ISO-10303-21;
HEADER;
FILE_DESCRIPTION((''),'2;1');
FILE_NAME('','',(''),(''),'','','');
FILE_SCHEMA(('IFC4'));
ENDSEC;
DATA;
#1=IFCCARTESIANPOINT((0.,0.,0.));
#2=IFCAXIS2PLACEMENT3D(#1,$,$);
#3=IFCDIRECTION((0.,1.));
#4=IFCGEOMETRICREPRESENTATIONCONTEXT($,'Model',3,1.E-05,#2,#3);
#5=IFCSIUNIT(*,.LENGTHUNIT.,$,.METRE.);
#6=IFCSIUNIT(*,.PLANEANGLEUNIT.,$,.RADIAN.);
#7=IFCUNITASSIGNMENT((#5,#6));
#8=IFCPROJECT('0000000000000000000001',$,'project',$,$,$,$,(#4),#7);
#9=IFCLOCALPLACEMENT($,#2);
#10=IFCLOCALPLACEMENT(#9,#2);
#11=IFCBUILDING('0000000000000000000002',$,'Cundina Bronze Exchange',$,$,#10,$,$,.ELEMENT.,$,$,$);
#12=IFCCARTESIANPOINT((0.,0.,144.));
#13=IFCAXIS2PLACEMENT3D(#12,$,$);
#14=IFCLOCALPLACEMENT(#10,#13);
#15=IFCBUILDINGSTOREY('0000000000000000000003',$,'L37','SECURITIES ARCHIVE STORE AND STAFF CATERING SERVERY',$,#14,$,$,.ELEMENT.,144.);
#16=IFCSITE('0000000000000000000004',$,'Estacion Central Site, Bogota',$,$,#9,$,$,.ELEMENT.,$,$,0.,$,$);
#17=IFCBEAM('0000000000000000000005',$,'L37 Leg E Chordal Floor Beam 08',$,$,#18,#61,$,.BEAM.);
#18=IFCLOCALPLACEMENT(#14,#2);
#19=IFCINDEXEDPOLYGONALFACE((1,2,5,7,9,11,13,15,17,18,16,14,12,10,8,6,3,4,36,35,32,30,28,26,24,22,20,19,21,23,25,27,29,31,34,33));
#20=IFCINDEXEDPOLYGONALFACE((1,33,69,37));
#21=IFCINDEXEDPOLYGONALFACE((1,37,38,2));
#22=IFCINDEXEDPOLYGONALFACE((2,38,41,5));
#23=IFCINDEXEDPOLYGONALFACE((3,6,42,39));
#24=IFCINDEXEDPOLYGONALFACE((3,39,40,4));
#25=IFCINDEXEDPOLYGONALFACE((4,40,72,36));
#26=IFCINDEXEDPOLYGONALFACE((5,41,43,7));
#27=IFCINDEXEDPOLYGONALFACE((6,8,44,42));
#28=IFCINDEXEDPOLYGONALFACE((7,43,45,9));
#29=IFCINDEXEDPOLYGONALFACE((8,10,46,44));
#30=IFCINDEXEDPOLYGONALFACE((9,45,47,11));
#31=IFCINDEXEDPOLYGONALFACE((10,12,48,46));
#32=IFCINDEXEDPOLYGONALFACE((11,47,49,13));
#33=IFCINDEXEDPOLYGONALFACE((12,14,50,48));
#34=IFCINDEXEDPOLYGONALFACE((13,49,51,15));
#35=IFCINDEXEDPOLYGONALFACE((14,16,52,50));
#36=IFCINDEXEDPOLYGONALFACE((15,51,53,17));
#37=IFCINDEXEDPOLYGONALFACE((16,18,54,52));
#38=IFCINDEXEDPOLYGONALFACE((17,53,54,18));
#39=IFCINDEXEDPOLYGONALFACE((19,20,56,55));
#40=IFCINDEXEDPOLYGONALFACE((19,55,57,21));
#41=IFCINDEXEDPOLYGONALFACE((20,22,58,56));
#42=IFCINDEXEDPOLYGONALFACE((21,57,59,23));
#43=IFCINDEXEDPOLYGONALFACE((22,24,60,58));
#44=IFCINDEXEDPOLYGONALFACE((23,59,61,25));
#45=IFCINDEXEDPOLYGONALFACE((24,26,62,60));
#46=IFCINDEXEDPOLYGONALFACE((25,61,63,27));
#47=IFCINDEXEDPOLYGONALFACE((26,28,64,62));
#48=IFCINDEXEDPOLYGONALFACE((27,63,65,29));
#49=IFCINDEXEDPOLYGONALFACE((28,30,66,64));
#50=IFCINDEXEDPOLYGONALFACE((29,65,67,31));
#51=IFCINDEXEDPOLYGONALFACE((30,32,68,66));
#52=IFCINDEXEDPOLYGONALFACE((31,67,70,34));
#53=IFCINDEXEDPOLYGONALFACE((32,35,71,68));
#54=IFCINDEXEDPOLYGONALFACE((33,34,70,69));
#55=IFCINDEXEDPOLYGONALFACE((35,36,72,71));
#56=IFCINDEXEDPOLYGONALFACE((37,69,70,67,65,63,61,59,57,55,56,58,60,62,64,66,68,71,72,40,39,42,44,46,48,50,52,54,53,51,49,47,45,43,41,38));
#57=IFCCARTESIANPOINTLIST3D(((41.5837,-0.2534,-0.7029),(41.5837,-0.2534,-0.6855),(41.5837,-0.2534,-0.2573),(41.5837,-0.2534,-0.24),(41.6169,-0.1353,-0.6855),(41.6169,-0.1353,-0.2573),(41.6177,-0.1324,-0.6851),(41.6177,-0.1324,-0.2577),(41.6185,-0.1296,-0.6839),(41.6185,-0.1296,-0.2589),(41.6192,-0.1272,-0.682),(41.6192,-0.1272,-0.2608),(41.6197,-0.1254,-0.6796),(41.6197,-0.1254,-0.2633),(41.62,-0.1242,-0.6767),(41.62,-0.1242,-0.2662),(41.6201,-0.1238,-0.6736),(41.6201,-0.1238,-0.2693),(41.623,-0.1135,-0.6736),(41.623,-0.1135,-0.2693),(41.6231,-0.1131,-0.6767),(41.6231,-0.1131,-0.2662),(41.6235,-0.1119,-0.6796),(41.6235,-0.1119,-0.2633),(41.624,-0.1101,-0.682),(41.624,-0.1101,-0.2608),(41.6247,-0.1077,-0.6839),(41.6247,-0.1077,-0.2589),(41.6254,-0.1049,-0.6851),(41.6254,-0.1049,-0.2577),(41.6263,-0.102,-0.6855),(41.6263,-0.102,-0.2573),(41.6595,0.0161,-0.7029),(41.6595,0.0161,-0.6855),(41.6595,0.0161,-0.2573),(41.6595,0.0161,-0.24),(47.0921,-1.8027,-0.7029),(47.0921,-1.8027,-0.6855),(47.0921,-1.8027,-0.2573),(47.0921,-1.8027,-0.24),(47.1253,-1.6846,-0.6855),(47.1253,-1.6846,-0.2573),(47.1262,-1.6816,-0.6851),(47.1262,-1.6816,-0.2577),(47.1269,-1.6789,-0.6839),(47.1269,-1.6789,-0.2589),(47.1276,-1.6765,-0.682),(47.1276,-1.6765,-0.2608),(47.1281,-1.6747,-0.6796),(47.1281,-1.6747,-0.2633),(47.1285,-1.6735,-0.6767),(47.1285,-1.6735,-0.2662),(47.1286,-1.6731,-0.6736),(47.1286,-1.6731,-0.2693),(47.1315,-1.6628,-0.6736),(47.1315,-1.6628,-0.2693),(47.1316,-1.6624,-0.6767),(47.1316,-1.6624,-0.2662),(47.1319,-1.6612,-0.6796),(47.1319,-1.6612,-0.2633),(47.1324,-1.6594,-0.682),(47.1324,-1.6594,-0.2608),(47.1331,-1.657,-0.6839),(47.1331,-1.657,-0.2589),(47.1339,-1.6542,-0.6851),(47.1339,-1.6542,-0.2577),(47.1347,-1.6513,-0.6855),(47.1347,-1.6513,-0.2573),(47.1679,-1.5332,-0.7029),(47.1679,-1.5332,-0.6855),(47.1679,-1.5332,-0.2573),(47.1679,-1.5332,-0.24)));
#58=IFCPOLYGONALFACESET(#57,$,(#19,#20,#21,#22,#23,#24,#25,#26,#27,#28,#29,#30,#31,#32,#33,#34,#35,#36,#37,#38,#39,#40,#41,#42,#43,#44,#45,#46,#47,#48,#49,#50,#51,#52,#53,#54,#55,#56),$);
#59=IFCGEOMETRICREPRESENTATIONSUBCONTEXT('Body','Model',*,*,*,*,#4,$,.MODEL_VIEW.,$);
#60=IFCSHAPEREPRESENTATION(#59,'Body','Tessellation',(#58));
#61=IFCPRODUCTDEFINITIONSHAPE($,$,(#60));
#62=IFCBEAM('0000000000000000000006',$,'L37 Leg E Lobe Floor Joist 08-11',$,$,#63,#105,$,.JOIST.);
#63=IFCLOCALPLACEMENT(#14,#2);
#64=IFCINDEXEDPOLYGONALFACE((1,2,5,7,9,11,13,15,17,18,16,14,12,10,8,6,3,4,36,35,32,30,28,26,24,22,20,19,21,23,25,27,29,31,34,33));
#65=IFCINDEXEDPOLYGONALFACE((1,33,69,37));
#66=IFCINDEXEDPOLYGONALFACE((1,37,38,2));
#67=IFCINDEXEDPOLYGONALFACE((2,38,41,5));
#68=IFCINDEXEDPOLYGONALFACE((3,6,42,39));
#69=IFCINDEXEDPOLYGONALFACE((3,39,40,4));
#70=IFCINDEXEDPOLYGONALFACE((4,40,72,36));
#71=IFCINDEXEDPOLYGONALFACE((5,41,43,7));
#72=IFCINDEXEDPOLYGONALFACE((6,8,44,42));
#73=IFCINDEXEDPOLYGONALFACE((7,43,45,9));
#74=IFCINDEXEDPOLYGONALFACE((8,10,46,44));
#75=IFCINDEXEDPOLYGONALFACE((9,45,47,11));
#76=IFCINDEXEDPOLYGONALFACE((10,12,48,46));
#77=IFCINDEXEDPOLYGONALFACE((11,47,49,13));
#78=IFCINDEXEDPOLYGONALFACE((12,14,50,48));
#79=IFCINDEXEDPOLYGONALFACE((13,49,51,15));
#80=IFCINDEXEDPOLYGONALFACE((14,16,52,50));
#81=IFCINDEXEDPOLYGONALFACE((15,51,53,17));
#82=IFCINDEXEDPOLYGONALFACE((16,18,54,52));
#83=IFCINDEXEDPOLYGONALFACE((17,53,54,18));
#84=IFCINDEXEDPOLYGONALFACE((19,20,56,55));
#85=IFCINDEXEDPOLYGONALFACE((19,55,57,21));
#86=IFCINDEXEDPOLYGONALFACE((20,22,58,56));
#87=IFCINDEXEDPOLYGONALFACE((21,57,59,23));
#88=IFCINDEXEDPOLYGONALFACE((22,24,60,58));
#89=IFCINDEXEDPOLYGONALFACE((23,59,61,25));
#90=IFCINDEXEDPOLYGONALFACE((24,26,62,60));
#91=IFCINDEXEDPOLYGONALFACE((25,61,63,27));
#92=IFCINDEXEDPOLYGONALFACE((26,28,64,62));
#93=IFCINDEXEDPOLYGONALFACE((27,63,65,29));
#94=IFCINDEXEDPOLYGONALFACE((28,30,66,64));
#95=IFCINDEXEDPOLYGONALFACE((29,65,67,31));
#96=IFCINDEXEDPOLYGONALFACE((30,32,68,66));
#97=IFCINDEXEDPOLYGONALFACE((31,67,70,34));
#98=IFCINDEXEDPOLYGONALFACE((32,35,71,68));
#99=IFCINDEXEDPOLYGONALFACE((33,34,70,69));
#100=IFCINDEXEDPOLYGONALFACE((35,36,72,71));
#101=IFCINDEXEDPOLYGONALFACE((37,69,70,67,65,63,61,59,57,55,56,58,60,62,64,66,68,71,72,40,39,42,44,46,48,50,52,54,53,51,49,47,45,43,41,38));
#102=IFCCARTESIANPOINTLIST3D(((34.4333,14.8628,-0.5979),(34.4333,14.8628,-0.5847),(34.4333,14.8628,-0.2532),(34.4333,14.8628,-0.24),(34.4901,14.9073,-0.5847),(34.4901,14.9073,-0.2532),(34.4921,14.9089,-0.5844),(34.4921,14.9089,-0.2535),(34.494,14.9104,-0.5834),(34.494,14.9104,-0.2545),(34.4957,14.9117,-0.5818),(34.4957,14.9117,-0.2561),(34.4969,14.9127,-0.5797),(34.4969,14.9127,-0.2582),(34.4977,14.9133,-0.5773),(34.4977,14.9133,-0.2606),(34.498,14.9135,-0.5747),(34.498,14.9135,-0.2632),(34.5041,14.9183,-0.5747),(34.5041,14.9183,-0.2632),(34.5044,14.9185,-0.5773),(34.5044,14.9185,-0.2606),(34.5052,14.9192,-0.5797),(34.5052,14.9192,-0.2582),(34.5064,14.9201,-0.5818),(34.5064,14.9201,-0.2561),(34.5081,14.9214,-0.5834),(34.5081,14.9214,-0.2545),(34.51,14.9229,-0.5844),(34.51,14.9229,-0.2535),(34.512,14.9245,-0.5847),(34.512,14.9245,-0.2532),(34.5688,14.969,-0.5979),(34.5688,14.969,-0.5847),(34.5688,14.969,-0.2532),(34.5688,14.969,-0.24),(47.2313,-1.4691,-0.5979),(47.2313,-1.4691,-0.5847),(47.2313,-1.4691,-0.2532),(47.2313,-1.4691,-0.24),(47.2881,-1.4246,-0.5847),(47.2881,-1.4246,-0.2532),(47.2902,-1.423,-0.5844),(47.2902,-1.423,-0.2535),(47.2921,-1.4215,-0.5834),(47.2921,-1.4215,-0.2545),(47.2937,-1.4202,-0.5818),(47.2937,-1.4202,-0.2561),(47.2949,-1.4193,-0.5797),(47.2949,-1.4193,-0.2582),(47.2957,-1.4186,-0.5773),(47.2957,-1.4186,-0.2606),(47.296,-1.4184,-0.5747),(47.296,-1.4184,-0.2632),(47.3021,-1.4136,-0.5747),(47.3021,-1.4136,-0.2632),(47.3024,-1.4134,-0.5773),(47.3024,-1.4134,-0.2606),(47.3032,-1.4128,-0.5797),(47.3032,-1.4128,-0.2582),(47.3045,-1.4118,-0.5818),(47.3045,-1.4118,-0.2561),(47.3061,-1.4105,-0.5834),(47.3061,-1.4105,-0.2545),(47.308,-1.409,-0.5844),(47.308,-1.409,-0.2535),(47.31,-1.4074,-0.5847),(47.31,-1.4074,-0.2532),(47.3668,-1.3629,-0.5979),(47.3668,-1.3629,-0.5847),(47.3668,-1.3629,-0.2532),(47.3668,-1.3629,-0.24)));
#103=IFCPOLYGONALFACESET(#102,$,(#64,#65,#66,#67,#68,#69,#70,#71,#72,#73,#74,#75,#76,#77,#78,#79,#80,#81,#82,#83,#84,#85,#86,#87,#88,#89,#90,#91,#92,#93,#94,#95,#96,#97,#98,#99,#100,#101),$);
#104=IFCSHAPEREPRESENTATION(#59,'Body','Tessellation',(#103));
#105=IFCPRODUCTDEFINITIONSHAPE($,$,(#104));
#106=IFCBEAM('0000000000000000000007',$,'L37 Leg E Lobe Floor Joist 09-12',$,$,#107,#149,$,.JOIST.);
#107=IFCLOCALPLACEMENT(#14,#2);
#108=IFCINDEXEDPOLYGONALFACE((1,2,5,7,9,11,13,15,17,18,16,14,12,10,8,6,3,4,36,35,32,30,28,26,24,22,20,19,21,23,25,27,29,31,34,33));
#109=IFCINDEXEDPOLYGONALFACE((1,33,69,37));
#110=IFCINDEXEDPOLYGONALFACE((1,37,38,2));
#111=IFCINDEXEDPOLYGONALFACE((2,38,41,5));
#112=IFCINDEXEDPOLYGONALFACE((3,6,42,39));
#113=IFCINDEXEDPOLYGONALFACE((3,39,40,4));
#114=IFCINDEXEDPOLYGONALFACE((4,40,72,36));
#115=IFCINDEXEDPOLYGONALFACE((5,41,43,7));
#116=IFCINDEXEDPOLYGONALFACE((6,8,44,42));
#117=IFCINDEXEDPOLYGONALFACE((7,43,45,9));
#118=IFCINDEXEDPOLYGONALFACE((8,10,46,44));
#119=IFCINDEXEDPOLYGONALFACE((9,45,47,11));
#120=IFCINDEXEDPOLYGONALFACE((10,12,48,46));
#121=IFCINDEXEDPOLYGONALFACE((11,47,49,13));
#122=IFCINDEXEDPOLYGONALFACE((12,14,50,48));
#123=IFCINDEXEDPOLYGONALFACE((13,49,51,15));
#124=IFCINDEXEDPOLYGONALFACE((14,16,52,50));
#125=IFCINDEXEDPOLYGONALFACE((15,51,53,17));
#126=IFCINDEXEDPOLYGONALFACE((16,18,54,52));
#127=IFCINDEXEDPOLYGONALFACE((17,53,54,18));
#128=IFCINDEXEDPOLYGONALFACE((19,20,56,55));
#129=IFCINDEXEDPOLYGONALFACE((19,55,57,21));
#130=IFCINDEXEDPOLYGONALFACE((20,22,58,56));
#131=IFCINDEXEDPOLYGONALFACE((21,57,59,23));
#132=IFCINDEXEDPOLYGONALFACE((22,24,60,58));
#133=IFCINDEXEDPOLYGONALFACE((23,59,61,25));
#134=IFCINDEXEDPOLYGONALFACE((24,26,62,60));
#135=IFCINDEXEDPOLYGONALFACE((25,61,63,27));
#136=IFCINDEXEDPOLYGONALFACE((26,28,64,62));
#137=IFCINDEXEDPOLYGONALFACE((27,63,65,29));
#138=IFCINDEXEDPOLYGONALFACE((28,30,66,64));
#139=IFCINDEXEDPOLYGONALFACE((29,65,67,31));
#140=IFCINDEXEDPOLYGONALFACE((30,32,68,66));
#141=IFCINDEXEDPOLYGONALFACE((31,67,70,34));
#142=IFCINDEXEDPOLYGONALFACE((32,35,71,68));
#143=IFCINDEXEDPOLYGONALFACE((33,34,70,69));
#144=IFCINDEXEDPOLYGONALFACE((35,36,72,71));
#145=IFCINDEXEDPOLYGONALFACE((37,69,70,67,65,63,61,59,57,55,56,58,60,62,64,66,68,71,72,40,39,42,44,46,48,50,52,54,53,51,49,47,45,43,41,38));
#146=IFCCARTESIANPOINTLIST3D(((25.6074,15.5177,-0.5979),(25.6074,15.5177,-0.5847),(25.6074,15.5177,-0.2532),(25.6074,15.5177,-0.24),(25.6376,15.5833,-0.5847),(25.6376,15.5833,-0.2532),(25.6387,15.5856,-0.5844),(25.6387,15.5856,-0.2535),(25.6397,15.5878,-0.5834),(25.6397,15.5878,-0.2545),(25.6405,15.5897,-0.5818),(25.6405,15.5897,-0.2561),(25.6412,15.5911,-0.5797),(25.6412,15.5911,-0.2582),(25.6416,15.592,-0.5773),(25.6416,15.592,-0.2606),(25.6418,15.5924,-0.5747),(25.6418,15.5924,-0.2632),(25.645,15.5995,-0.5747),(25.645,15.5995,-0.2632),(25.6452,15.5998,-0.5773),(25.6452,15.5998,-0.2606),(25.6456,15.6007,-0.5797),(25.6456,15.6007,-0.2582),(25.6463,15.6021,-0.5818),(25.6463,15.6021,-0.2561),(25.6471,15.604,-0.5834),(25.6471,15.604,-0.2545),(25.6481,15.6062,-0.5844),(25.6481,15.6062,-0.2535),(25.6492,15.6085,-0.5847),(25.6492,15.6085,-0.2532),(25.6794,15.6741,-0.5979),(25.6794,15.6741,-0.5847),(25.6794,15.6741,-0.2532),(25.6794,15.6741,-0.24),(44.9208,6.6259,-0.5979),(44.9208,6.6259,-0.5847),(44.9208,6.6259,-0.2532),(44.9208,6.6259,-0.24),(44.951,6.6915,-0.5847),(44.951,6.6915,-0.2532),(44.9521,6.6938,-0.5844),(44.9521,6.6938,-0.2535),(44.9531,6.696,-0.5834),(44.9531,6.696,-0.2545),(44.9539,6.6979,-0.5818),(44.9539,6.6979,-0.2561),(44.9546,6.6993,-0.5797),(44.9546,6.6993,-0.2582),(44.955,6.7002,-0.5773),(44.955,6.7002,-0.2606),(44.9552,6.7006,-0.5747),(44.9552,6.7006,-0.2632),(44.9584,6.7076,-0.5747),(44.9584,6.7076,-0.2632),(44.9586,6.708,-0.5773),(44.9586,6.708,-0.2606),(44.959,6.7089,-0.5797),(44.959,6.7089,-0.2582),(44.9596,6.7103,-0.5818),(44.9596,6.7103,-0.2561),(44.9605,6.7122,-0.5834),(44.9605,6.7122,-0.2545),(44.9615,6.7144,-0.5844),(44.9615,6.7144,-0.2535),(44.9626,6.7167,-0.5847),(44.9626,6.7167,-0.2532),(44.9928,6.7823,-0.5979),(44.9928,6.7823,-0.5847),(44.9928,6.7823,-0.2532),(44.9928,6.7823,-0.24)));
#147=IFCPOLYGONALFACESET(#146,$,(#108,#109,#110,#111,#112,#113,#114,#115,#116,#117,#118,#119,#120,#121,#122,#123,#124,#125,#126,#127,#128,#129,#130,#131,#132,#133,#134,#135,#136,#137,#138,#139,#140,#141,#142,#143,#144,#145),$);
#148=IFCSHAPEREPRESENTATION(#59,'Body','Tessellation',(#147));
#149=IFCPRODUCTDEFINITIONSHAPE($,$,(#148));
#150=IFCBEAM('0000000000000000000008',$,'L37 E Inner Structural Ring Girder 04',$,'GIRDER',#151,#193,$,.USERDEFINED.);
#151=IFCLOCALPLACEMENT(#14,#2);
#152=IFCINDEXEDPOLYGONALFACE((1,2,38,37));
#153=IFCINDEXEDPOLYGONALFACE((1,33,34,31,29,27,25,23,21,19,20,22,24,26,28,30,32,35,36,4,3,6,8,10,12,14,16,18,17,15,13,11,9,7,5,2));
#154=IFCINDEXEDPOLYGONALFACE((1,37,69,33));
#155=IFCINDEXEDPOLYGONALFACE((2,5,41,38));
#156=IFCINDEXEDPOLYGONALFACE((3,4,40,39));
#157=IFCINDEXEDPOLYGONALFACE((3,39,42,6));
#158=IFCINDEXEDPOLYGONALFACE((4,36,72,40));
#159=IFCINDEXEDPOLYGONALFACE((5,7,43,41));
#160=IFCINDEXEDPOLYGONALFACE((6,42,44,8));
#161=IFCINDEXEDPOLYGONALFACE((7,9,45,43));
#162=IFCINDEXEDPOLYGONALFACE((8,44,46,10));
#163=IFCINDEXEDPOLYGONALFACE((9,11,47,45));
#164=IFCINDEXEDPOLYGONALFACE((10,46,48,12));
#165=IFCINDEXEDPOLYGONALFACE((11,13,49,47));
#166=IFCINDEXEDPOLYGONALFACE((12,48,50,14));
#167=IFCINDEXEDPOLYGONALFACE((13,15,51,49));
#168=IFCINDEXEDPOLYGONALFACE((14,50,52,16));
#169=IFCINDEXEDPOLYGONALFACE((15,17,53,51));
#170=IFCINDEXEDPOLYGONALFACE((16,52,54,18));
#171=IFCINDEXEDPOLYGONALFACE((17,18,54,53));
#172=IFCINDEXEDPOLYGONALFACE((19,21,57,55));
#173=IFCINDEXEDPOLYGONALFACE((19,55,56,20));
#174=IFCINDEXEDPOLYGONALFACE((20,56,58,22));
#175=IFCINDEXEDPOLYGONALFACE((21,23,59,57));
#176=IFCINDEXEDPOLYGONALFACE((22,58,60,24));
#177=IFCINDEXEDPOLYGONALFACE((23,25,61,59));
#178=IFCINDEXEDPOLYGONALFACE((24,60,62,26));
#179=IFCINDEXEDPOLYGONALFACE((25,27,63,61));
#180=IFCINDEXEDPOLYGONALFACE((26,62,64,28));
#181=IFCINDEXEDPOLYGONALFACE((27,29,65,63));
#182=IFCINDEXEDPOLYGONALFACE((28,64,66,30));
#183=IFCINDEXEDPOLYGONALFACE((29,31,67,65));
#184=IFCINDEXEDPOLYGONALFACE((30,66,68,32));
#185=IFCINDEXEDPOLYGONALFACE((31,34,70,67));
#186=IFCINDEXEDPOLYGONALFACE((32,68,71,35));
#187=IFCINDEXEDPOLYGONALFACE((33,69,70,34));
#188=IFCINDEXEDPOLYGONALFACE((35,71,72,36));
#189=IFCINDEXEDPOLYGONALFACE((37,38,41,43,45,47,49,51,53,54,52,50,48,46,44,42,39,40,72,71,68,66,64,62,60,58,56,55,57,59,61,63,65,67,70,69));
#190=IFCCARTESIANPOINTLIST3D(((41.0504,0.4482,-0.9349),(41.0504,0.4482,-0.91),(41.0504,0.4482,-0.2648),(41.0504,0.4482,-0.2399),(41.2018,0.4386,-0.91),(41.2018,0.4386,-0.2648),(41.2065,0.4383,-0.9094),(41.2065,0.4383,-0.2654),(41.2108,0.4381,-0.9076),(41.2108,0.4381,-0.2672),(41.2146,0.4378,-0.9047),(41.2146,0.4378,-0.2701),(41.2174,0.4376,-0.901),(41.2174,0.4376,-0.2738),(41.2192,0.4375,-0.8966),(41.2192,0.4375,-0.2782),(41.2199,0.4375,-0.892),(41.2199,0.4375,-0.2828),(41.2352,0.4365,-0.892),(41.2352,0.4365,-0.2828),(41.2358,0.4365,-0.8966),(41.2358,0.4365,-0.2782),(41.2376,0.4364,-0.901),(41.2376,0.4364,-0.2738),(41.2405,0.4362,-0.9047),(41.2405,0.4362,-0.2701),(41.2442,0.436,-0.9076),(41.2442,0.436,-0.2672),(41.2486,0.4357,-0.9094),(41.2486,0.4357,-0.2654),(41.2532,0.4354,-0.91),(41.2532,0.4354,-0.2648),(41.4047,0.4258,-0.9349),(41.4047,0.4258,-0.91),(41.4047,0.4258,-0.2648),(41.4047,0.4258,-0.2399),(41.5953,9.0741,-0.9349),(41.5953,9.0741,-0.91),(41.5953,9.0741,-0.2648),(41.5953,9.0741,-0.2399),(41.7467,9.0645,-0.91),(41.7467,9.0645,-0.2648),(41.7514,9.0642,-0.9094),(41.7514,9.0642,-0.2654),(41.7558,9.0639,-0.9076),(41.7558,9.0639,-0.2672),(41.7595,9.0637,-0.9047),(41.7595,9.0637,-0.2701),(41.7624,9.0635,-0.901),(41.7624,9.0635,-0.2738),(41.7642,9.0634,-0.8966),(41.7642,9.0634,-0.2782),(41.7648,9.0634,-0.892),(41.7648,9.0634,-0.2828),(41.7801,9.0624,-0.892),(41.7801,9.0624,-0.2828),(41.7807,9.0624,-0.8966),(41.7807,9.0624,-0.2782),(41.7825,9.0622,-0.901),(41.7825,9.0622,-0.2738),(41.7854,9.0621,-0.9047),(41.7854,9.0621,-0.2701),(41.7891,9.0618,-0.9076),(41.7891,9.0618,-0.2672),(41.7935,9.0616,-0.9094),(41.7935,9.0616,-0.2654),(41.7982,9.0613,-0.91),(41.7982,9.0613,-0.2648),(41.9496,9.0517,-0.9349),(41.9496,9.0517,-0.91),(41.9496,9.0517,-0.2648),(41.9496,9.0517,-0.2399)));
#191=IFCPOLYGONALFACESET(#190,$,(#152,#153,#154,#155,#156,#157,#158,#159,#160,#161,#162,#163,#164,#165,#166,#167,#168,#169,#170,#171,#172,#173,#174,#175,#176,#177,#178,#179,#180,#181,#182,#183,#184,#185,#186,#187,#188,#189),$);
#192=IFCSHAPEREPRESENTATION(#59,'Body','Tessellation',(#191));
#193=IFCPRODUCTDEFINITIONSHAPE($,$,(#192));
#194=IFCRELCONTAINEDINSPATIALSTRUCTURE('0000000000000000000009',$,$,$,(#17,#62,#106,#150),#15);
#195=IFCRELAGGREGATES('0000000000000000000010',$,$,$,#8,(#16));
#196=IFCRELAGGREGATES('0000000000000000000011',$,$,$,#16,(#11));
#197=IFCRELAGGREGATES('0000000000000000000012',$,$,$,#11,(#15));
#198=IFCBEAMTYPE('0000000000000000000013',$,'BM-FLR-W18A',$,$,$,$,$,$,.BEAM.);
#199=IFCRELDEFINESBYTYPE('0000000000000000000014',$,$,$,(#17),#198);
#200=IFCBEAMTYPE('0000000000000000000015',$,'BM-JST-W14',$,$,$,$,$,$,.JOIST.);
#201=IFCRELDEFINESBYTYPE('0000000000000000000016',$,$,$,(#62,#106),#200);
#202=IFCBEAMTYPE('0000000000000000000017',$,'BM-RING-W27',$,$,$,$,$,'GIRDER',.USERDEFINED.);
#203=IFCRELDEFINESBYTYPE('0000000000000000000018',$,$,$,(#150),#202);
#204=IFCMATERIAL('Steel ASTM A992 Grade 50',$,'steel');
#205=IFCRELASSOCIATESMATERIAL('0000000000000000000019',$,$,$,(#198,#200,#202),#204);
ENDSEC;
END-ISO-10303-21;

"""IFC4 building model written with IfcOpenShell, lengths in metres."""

from ifc_helpers import new_model, si_unit, direction, frame, origin, origin_2d, place, context, subcontext, project, spatial, i_section, extrude, material, material_profile, profile_set, type_object, element, save


model = new_model("IFC4")

# Units and contexts
model_context = context("Model", 3, precision=1e-05, world=origin(), true_north=direction((0.0, 1.0)))
body_context = subcontext(model_context, "Body", "Model", "MODEL_VIEW")
ifc_project = project(units=[si_unit("LENGTHUNIT", "METRE"), si_unit("PLANEANGLEUNIT", "RADIAN")], contexts=[model_context])

# Site, building, storey
site_placement = place(None, origin())
site = spatial("IfcSite", under=ifc_project, at=site_placement, Name="Estacion Central Site, Bogota", CompositionType="ELEMENT", RefElevation=0.0)
building_placement = place(site_placement, origin())
building = spatial("IfcBuilding", under=site, at=building_placement, Name="Cundina Bronze Exchange", CompositionType="ELEMENT")
storey_placement = place(building_placement, frame((0.0, 0.0, 144.0)))
storey = spatial("IfcBuildingStorey", under=building, at=storey_placement, Name="L37", Description="SECURITIES ARCHIVE STORE AND STAFF CATERING SERVERY", CompositionType="ELEMENT", Elevation=144.0)

# Shared definitions
ifc_material_1 = material(Name="Steel ASTM A992 Grade 50", Category="steel")

# Beams
ifc_material_profile_1 = material_profile(ifc_material_1, i_section(OverallWidth=0.28, OverallDepth=0.4629, WebThickness=0.0107, FlangeThickness=0.0173, FilletRadius=0.012, at=origin_2d()), Name="W18X76", Category="steel")
ifc_profile_set_1 = profile_set([ifc_material_profile_1], Name="Steel ASTM A992 Grade 50")
beam_type_1 = type_object("IfcBeamType", Name="BM-FLR-W18A", PredefinedType="BEAM", material=ifc_profile_set_1)
beam_1_placement = place(storey_placement, frame((41.6216, -0.1187, -0.4714), z_axis=(0.962649, -0.270752, 0.0), x_axis=(0.270752, 0.962649, 0.0)))
element("IfcBeam", 1, at=beam_1_placement, inside=storey, type_object=beam_type_1, Name="L37 Leg E Chordal Floor Beam 08", PredefinedType="BEAM", context=body_context, shape_type="SweptSolid", body=[
    extrude(i_section(OverallWidth=0.28, OverallDepth=0.4629, WebThickness=0.0107, FlangeThickness=0.0173, FilletRadius=0.012, at=origin_2d()), origin(), (0.0, 0.0, 1.0), 5.7222),
])
ifc_material_profile_2 = material_profile(ifc_material_1, i_section(OverallWidth=0.1721, OverallDepth=0.3579, WebThickness=0.0078, FlangeThickness=0.0132, FilletRadius=0.01, at=origin_2d()), Name="W14X38", Category="steel")
ifc_profile_set_2 = profile_set([ifc_material_profile_2], Name="Steel ASTM A992 Grade 50")
beam_type_2 = type_object("IfcBeamType", Name="BM-JST-W14", PredefinedType="JOIST", material=ifc_profile_set_2)
beam_2_placement = place(storey_placement, frame((47.2991, -1.416, -0.4189), z_axis=(-0.616801, 0.787119, 0.0), x_axis=(-0.787119, -0.616801, 0.0)))
element("IfcBeam", 2, at=beam_2_placement, inside=storey, type_object=beam_type_2, Name="L37 Leg E Lobe Floor Joist 08-11", PredefinedType="JOIST", context=body_context, shape_type="SweptSolid", body=[
    extrude(i_section(OverallWidth=0.1721, OverallDepth=0.3579, WebThickness=0.0078, FlangeThickness=0.0132, FilletRadius=0.01, at=origin_2d()), origin(), (0.0, 0.0, 1.0), 20.749),
])
beam_3_placement = place(storey_placement, frame((44.9568, 6.7041, -0.4189), z_axis=(-0.908354, 0.418202, 0.0), x_axis=(-0.418202, -0.908354, 0.0)))
element("IfcBeam", 3, at=beam_3_placement, inside=storey, type_object=beam_type_2, Name="L37 Leg E Lobe Floor Joist 09-12", PredefinedType="JOIST", context=body_context, shape_type="SweptSolid", body=[
    extrude(i_section(OverallWidth=0.1721, OverallDepth=0.3579, WebThickness=0.0078, FlangeThickness=0.0132, FilletRadius=0.01, at=origin_2d()), origin(), (0.0, 0.0, 1.0), 21.262),
])
ifc_material_profile_3 = material_profile(ifc_material_1, i_section(OverallWidth=0.355, OverallDepth=0.6951, WebThickness=0.0154, FlangeThickness=0.0249, FilletRadius=0.0181, at=origin_2d()), Name="W27X146", Category="steel")
ifc_profile_set_3 = profile_set([ifc_material_profile_3], Name="Steel ASTM A992 Grade 50")
beam_type_3 = type_object("IfcBeamType", Name="BM-RING-W27", ElementType="GIRDER", PredefinedType="USERDEFINED", material=ifc_profile_set_3)
beam_4_placement = place(storey_placement, frame((41.2275, 0.437, -0.5874), z_axis=(0.063047, 0.998011, 0.0), x_axis=(-0.998011, 0.063047, 0.0)))
element("IfcBeam", 4, at=beam_4_placement, inside=storey, type_object=beam_type_3, Name="L37 E Inner Structural Ring Girder 04", ObjectType="GIRDER", PredefinedType="USERDEFINED", context=body_context, shape_type="SweptSolid", body=[
    extrude(i_section(OverallWidth=0.355, OverallDepth=0.6951, WebThickness=0.0154, FlangeThickness=0.0249, FilletRadius=0.0181, at=origin_2d()), origin(), (0.0, 0.0, 1.0), 8.6431),
])

save(model, "model.ifc")
